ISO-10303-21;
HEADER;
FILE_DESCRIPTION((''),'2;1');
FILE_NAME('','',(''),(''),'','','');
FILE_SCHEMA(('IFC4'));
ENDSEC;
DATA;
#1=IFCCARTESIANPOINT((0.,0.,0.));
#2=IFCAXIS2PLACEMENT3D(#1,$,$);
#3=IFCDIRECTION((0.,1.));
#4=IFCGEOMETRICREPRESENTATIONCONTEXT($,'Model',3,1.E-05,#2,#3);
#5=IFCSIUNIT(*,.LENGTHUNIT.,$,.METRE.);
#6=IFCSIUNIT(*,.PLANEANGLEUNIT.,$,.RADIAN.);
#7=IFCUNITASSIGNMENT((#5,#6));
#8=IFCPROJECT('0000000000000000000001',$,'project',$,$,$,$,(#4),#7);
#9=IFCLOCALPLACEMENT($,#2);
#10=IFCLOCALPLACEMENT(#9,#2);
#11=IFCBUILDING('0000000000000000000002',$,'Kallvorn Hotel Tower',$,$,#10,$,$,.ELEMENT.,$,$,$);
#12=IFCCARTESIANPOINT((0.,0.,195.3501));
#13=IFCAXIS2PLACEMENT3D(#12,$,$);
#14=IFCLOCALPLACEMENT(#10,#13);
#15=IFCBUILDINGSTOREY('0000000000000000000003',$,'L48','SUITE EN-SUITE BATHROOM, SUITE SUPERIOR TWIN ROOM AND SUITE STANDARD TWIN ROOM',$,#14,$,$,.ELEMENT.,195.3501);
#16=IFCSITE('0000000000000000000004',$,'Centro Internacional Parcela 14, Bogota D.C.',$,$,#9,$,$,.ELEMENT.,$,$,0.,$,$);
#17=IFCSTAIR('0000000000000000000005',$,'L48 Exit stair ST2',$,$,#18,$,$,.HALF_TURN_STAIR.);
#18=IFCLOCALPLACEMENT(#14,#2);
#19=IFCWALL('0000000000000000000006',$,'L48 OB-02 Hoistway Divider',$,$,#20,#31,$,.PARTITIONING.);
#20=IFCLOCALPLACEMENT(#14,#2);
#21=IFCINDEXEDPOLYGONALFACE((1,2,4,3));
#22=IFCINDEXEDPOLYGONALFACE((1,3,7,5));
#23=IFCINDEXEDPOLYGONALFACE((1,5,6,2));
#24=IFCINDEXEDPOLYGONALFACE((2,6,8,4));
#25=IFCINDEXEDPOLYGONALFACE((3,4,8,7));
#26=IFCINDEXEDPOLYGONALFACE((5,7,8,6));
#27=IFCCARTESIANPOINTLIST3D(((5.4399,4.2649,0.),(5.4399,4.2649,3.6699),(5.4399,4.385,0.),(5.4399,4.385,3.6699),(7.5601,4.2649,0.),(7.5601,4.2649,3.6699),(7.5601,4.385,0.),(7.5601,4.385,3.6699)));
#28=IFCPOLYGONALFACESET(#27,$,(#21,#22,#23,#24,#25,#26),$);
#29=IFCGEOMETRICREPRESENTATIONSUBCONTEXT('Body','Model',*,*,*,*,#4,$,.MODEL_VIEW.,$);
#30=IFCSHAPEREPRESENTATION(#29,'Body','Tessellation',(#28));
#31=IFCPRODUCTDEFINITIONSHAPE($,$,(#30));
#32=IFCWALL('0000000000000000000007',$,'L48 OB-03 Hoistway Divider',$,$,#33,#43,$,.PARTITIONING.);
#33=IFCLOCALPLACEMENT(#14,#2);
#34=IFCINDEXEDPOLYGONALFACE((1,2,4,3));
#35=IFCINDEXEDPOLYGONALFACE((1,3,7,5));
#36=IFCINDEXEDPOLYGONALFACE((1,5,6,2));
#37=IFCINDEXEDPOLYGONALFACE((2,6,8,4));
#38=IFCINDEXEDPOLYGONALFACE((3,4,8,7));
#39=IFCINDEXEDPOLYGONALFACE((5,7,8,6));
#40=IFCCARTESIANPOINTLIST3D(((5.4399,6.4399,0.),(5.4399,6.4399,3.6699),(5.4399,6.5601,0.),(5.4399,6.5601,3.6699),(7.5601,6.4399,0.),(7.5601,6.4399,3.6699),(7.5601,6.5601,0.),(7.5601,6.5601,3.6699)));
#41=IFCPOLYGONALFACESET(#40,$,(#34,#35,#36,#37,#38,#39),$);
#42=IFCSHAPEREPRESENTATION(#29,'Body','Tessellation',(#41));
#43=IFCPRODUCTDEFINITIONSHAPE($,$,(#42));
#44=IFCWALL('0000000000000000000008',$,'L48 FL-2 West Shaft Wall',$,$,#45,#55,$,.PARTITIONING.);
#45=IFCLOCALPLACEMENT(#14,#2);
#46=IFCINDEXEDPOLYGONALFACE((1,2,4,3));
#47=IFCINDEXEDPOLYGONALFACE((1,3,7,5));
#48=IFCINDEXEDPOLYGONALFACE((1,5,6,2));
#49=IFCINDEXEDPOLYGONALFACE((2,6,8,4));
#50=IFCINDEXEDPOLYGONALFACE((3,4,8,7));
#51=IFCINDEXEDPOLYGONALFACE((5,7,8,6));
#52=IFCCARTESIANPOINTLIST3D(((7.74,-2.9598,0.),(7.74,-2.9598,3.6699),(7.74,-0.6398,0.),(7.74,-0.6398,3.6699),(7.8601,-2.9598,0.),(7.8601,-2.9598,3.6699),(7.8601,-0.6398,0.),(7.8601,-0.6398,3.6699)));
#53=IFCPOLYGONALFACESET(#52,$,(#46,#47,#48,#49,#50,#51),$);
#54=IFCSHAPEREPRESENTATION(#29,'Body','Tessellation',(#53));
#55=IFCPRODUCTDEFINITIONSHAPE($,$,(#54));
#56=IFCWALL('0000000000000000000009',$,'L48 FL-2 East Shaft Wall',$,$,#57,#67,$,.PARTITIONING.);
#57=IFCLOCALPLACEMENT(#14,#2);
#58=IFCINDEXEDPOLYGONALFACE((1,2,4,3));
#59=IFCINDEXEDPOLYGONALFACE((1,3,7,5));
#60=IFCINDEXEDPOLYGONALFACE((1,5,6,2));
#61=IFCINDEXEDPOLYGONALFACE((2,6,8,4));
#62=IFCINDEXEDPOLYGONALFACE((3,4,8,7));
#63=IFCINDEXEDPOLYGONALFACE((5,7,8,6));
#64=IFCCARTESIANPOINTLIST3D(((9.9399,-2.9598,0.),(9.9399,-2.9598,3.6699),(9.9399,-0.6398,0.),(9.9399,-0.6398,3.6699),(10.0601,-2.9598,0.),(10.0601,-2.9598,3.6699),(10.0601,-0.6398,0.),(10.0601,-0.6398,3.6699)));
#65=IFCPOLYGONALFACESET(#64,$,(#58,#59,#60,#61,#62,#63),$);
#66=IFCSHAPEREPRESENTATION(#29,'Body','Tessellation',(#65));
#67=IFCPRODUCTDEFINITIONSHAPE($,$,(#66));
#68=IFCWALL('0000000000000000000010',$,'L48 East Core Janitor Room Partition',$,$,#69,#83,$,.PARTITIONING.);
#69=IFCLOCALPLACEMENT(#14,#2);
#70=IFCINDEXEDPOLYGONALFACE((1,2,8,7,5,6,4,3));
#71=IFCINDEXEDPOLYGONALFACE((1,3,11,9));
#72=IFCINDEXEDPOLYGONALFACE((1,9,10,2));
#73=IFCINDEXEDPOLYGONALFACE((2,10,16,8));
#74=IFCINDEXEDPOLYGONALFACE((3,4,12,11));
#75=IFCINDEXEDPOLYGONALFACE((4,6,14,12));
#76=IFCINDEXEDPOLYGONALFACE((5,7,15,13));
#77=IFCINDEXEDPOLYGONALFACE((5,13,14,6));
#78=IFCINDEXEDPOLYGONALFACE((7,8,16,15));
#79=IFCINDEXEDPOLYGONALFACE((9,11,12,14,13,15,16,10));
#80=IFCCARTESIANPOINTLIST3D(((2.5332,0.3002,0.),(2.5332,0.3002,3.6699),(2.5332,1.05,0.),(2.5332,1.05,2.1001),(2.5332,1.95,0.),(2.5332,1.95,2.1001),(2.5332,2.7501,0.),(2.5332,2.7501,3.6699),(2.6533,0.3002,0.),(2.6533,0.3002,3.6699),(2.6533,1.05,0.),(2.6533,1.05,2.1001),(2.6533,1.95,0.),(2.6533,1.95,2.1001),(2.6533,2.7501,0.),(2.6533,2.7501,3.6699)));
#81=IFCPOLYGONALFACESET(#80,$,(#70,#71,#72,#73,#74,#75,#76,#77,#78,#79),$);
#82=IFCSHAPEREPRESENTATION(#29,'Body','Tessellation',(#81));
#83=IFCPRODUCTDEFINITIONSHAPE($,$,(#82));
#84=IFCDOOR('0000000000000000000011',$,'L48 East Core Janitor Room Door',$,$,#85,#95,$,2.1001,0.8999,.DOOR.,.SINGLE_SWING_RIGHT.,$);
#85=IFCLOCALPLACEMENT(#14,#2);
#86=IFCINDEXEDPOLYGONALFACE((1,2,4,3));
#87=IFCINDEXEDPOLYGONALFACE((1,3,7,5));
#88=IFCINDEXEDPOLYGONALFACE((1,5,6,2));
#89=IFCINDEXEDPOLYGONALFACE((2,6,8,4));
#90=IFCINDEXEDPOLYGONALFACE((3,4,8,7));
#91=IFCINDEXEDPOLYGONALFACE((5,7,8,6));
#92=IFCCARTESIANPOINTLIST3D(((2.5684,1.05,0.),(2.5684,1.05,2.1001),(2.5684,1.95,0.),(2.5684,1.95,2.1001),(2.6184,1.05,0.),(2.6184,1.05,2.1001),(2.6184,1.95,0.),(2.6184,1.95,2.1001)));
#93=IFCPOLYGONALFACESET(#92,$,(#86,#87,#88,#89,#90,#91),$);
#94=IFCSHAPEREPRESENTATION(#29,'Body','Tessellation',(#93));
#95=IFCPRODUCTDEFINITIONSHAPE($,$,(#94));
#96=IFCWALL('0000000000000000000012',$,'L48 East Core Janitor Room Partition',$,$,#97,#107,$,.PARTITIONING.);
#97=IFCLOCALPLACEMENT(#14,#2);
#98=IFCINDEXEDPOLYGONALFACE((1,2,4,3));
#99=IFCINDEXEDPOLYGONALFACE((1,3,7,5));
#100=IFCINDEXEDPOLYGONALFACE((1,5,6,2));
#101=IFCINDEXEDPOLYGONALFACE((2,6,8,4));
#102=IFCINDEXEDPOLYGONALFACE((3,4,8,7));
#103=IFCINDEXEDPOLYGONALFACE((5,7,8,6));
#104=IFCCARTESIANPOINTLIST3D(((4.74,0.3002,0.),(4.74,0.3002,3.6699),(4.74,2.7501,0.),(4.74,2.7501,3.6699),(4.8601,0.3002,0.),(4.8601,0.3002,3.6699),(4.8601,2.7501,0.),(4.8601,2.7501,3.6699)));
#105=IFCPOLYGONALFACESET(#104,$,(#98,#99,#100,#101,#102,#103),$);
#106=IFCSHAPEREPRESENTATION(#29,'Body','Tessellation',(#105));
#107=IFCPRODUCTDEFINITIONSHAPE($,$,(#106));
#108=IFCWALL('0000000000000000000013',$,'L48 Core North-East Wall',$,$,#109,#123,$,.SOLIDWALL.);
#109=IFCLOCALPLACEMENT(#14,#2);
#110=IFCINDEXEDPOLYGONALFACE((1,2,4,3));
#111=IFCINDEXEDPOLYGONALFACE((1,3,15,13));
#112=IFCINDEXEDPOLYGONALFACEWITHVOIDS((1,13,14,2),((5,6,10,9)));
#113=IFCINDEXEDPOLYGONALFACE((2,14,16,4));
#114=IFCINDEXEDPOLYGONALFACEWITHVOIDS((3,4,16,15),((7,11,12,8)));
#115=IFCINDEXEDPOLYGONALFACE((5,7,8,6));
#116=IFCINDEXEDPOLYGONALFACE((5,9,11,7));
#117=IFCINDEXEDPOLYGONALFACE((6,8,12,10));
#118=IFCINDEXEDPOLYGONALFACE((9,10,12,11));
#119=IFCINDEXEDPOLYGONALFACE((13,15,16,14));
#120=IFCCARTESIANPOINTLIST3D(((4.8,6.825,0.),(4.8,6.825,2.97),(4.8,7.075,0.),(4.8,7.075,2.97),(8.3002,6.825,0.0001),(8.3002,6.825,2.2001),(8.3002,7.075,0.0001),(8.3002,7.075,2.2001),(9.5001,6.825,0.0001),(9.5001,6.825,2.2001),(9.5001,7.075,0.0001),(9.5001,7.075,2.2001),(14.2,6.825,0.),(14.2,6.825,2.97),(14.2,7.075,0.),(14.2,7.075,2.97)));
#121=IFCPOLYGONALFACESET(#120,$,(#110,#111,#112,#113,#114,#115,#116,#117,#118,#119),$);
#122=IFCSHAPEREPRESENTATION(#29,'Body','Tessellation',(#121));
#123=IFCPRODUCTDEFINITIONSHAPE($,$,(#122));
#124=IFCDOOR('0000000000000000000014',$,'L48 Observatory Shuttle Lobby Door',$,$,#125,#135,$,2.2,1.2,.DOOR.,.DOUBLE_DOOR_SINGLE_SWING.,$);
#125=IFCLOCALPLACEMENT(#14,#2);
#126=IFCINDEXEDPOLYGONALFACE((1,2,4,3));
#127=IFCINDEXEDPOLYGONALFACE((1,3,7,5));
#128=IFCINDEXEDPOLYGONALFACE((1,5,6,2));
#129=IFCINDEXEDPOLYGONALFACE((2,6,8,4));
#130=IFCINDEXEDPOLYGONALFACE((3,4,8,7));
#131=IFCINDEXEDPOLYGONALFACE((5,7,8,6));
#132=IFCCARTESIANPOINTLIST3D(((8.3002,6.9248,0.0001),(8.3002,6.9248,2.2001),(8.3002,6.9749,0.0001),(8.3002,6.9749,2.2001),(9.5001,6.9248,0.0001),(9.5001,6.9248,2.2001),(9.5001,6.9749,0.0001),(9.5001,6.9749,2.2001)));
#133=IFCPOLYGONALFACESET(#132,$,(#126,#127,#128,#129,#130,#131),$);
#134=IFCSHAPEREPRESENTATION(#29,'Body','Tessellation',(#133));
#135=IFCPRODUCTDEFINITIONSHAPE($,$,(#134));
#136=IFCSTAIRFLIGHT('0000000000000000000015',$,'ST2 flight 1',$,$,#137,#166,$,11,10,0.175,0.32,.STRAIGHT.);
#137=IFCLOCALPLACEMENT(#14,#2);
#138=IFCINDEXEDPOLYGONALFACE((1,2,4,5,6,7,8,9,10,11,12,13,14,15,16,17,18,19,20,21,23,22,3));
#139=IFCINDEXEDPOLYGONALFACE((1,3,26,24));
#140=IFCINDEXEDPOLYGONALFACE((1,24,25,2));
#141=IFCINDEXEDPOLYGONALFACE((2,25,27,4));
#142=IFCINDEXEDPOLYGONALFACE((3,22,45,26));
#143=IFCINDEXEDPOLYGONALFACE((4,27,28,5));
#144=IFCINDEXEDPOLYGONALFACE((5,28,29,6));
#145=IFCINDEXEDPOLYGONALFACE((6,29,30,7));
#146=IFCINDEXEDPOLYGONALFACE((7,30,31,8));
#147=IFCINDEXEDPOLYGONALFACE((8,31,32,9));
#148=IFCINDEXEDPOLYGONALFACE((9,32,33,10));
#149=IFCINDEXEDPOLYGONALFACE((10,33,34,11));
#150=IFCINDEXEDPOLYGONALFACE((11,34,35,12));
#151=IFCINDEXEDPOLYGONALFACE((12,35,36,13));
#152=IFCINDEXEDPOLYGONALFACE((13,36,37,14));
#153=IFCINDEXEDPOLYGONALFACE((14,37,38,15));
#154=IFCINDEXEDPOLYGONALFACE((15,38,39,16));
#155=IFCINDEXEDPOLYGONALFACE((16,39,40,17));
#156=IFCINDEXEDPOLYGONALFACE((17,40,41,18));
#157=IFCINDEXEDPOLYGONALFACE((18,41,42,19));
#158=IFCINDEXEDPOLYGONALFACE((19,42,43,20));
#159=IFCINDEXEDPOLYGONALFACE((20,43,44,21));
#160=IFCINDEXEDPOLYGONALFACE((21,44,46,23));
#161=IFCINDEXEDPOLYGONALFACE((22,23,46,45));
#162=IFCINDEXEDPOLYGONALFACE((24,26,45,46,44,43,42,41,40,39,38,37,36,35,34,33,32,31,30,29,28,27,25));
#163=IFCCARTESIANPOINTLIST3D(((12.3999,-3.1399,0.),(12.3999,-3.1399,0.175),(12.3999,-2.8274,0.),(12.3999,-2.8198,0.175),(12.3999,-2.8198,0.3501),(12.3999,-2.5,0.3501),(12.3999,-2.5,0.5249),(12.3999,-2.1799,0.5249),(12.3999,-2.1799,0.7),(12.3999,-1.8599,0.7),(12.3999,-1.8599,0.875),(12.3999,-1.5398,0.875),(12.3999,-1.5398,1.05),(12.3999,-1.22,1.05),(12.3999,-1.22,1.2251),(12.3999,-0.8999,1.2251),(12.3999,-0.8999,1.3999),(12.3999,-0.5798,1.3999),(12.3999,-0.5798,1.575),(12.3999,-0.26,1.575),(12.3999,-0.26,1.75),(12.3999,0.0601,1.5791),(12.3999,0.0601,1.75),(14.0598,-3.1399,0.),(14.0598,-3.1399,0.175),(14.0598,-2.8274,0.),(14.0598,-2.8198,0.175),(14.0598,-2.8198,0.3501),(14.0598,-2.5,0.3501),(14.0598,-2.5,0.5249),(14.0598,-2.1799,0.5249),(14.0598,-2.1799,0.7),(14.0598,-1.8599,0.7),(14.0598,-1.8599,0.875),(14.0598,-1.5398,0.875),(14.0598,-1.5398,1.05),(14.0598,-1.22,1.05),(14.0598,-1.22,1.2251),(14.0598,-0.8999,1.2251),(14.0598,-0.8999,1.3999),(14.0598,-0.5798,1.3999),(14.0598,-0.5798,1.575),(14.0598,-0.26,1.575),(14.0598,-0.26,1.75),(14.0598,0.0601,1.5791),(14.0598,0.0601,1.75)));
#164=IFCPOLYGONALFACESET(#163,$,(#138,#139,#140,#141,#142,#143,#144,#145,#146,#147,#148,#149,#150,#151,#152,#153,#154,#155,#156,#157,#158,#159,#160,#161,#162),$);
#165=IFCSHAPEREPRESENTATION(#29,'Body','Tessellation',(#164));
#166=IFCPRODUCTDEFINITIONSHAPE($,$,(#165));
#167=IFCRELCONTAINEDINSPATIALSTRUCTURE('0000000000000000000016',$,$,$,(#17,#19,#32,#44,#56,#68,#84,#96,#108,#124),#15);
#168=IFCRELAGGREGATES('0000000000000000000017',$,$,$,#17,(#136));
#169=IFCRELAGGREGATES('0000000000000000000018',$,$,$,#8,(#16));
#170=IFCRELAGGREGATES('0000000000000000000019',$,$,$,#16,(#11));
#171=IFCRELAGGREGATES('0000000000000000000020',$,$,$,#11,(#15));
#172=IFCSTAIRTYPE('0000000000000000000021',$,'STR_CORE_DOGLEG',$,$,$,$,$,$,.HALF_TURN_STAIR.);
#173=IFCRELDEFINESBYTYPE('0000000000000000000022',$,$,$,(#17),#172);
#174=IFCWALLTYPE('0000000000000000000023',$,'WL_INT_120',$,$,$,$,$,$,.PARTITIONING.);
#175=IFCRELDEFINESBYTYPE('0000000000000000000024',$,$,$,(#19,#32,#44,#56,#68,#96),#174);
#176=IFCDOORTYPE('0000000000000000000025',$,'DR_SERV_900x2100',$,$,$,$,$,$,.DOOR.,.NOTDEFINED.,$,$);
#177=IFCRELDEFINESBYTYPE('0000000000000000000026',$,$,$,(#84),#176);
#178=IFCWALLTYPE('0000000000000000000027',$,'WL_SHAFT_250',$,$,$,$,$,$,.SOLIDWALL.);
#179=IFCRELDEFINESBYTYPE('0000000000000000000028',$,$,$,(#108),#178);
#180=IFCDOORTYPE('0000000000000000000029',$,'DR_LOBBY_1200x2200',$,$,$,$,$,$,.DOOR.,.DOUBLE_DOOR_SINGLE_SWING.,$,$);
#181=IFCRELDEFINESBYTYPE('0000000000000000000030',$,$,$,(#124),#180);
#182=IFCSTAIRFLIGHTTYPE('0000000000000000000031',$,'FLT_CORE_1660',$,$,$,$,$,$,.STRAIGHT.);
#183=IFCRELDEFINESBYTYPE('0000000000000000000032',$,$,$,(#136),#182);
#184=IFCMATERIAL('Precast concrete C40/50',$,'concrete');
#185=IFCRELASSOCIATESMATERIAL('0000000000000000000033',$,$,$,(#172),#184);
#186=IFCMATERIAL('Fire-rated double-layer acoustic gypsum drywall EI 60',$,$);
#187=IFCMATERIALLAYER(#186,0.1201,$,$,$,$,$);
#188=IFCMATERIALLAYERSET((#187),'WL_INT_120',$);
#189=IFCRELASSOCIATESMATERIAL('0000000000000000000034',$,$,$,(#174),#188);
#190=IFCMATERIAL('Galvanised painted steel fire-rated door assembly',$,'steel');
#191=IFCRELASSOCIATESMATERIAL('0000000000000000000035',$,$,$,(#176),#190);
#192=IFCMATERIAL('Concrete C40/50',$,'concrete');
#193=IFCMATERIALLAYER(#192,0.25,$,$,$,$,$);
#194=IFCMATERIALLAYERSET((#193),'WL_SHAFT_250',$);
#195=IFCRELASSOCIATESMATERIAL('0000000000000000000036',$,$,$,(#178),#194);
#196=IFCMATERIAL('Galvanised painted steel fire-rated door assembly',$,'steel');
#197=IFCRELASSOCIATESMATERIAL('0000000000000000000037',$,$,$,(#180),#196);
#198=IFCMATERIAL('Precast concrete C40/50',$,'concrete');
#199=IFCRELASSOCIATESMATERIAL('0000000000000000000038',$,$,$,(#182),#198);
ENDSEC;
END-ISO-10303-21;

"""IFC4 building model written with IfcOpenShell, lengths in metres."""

from ifc_helpers import new_model, si_unit, direction, frame, frame_2d, origin, place, context, subcontext, project, spatial, polyline, rectangle, outline, extrude, material, layer, layer_set, type_object, element, fill, aggregate, save


model = new_model("IFC4")

# Units and contexts
model_context = context("Model", 3, precision=1e-05, world=origin(), true_north=direction((0.0, 1.0)))
body_context = subcontext(model_context, "Body", "Model", "MODEL_VIEW")
ifc_project = project(units=[si_unit("LENGTHUNIT", "METRE"), si_unit("PLANEANGLEUNIT", "RADIAN")], contexts=[model_context])

# Site, building, storey
site_placement = place(None, origin())
site = spatial("IfcSite", under=ifc_project, at=site_placement, Name="Centro Internacional Parcela 14, Bogota D.C.", CompositionType="ELEMENT", RefElevation=0.0)
building_placement = place(site_placement, origin())
building = spatial("IfcBuilding", under=site, at=building_placement, Name="Kallvorn Hotel Tower", CompositionType="ELEMENT")
storey_placement = place(building_placement, frame((0.0, 0.0, 195.3501)))
storey = spatial("IfcBuildingStorey", under=building, at=storey_placement, Name="L48", Description="SUITE EN-SUITE BATHROOM, SUITE SUPERIOR TWIN ROOM AND SUITE STANDARD TWIN ROOM", CompositionType="ELEMENT", Elevation=195.3501)

# Stair
ifc_material_1 = material(Name="Precast concrete C40/50", Category="concrete")
stair_type = type_object("IfcStairType", Name="STR_CORE_DOGLEG", PredefinedType="HALF_TURN_STAIR", material=ifc_material_1)
stair_1_placement = place(storey_placement, origin())
stair_1 = element("IfcStair", 1, at=stair_1_placement, inside=storey, type_object=stair_type, Name="L48 Exit stair ST2", PredefinedType="HALF_TURN_STAIR")

# Walls
ifc_material_2 = material(Name="Fire-rated double-layer acoustic gypsum drywall EI 60")
ifc_layer_1 = layer(ifc_material_2, 0.1201)
ifc_layer_set_1 = layer_set([ifc_layer_1], Name="WL_INT_120")
wall_type_1 = type_object("IfcWallType", Name="WL_INT_120", PredefinedType="PARTITIONING", material=ifc_layer_set_1)
for number, where, z_axis, x_axis, name in (
    (2, (5.4399, 4.325, 0.0), (0.0, 0.0, 1.0), (1.0, 0.0, 0.0), "L48 OB-02 Hoistway Divider"),
    (3, (5.4399, 6.5, 0.0), (0.0, 0.0, 1.0), (1.0, 0.0, 0.0), "L48 OB-03 Hoistway Divider"),
):
    element("IfcWall", number, at=place(storey_placement, frame(where, z_axis=z_axis, x_axis=x_axis)), inside=storey, type_object=wall_type_1, Name=name, PredefinedType="PARTITIONING", context=body_context, shape_type="SweptSolid", body=[
        extrude(rectangle(XDim=2.1201, YDim=0.1201, at=frame_2d((1.0601, 0.0))), origin(), (0.0, 0.0, 1.0), 3.6699),
    ])
for number, where, z_axis, x_axis, name in (
    (4, (7.8, -2.96, 0.0), (0.0, 0.0, 1.0), (0.0, 1.0, 0.0), "L48 FL-2 West Shaft Wall"),
    (5, (10.0, -2.96, 0.0), (0.0, 0.0, 1.0), (0.0, 1.0, 0.0), "L48 FL-2 East Shaft Wall"),
):
    element("IfcWall", number, at=place(storey_placement, frame(where, z_axis=z_axis, x_axis=x_axis)), inside=storey, type_object=wall_type_1, Name=name, PredefinedType="PARTITIONING", context=body_context, shape_type="SweptSolid", body=[
        extrude(rectangle(XDim=2.3201, YDim=0.1201, at=frame_2d((1.1602, 0.0))), origin(), (0.0, 0.0, 1.0), 3.6699),
    ])

# Wall, opening, door
wall_1_placement = place(storey_placement, frame((2.5933, 0.3, 0.0), z_axis=(0.0, 0.0, 1.0), x_axis=(0.0, 1.0, 0.0)))
wall_1 = element("IfcWall", 6, at=wall_1_placement, inside=storey, type_object=wall_type_1, Name="L48 East Core Janitor Room Partition", PredefinedType="PARTITIONING", context=body_context, shape_type="SweptSolid", body=[
    extrude(rectangle(XDim=2.45, YDim=0.1201, at=frame_2d((1.2251, 0.0))), origin(), (0.0, 0.0, 1.0), 3.6699),
])
opening_1_placement = place(wall_1_placement, frame((0.75, 0.0, 0.0)))
opening_1 = element("IfcOpeningElement", 7, at=opening_1_placement, cuts=wall_1, PredefinedType="OPENING", context=body_context, shape_type="SweptSolid", body=[
    extrude(rectangle(XDim=0.8999, YDim=2.1001, at=frame_2d((0.45, 1.05))), frame((0.0, 0.075, 0.0), z_axis=(0.0, -1.0, 0.0), x_axis=(1.0, 0.0, 0.0)), (0.0, 0.0, 1.0), 0.1501),
])
ifc_material_3 = material(Name="Galvanised painted steel fire-rated door assembly", Category="steel")
door_type_1 = type_object("IfcDoorType", Name="DR_SERV_900x2100", OperationType="NOTDEFINED", PredefinedType="DOOR", material=ifc_material_3)
door_1_placement = place(opening_1_placement, origin())
door_1 = element("IfcDoor", 8, at=door_1_placement, inside=storey, type_object=door_type_1, Name="L48 East Core Janitor Room Door", OperationType="SINGLE_SWING_RIGHT", OverallHeight=2.1001, OverallWidth=0.8999, PredefinedType="DOOR", context=body_context, shape_type="SweptSolid", body=[
    extrude(rectangle(XDim=0.8999, YDim=2.1001, at=frame_2d((0.45, 1.05))), frame((0.0, 0.0249, 0.0), z_axis=(0.0, -1.0, 0.0), x_axis=(1.0, 0.0, 0.0)), (0.0, 0.0, 1.0), 0.05),
])
fill(opening_1, door_1)

# Wall
wall_2_placement = place(storey_placement, frame((4.8, 0.3, 0.0), z_axis=(0.0, 0.0, 1.0), x_axis=(0.0, 1.0, 0.0)))
element("IfcWall", 9, at=wall_2_placement, inside=storey, type_object=wall_type_1, Name="L48 East Core Janitor Room Partition", PredefinedType="PARTITIONING", context=body_context, shape_type="SweptSolid", body=[
    extrude(rectangle(XDim=2.45, YDim=0.1201, at=frame_2d((1.2251, 0.0))), origin(), (0.0, 0.0, 1.0), 3.6699),
])

# Wall, opening, door
ifc_material_4 = material(Name="Concrete C40/50", Category="concrete")
ifc_layer_2 = layer(ifc_material_4, 0.25)
ifc_layer_set_2 = layer_set([ifc_layer_2], Name="WL_SHAFT_250")
wall_type_2 = type_object("IfcWallType", Name="WL_SHAFT_250", PredefinedType="SOLIDWALL", material=ifc_layer_set_2)
wall_3_placement = place(storey_placement, frame((4.8, 6.95, 0.0), z_axis=(0.0, 0.0, 1.0), x_axis=(1.0, 0.0, 0.0)))
wall_3 = element("IfcWall", 10, at=wall_3_placement, inside=storey, type_object=wall_type_2, Name="L48 Core North-East Wall", PredefinedType="SOLIDWALL", context=body_context, shape_type="SweptSolid", body=[
    extrude(rectangle(XDim=9.3999, YDim=0.25, at=frame_2d((4.7, 0.0))), origin(), (0.0, 0.0, 1.0), 2.97),
])
opening_2_placement = place(wall_3_placement, frame((3.5, 0.0, 0.0)))
opening_2 = element("IfcOpeningElement", 11, at=opening_2_placement, cuts=wall_3, PredefinedType="OPENING", context=body_context, shape_type="SweptSolid", body=[
    extrude(rectangle(XDim=1.2, YDim=2.2, at=frame_2d((0.6001, 1.1001))), frame((0.0, 0.1399, 0.0), z_axis=(0.0, -1.0, 0.0), x_axis=(1.0, 0.0, 0.0)), (0.0, 0.0, 1.0), 0.28),
])
ifc_material_5 = material(Name="Galvanised painted steel fire-rated door assembly", Category="steel")
door_type_2 = type_object("IfcDoorType", Name="DR_LOBBY_1200x2200", OperationType="DOUBLE_DOOR_SINGLE_SWING", PredefinedType="DOOR", material=ifc_material_5)
door_2_placement = place(opening_2_placement, origin())
door_2 = element("IfcDoor", 12, at=door_2_placement, inside=storey, type_object=door_type_2, Name="L48 Observatory Shuttle Lobby Door", OperationType="DOUBLE_DOOR_SINGLE_SWING", OverallHeight=2.2, OverallWidth=1.2, PredefinedType="DOOR", context=body_context, shape_type="SweptSolid", body=[
    extrude(rectangle(XDim=1.2, YDim=2.2, at=frame_2d((0.6001, 1.1001))), frame((0.0, 0.0249, 0.0), z_axis=(0.0, -1.0, 0.0), x_axis=(1.0, 0.0, 0.0)), (0.0, 0.0, 1.0), 0.05),
])
fill(opening_2, door_2)

# Stair flight
ifc_material_6 = material(Name="Precast concrete C40/50", Category="concrete")
stair_flight_type = type_object("IfcStairFlightType", Name="FLT_CORE_1660", PredefinedType="STRAIGHT", material=ifc_material_6)
stair_flight_1_placement = place(storey_placement, frame((13.23, -3.1399, 0.0), z_axis=(0.0, 0.0, 1.0), x_axis=(0.0, 1.0, 0.0)))
stair_flight_1 = element("IfcStairFlight", 13, at=stair_flight_1_placement, type_object=stair_flight_type, Name="ST2 flight 1", NumberOfRisers=11, NumberOfTreads=10, PredefinedType="STRAIGHT", RiserHeight=0.175, TreadLength=0.32, context=body_context, shape_type="SweptSolid", body=[
    extrude(outline(polyline([(0.0, 0.0), (0.0, 0.175), (0.3201, 0.175), (0.3201, 0.3501), (0.6399, 0.3501), (0.6399, 0.5249), (0.96, 0.5249), (0.96, 0.7), (1.28, 0.7), (1.28, 0.875), (1.6001, 0.875), (1.6001, 1.05), (1.9199, 1.05), (1.9199, 1.2251), (2.24, 1.2251), (2.24, 1.3999), (2.5601, 1.3999), (2.5601, 1.575), (2.8799, 1.575), (2.8799, 1.75), (3.2, 1.75), (3.2, 1.925), (3.2, 1.5791), (0.3125, 0.0), (0.0, 0.0)])), frame((0.0, 0.8301, 0.0), z_axis=(0.0, -1.0, 0.0), x_axis=(1.0, 0.0, 0.0)), (0.0, 0.0, 1.0), 1.6599),
])
aggregate(stair_1, [stair_flight_1])

save(model, "model.ifc")
